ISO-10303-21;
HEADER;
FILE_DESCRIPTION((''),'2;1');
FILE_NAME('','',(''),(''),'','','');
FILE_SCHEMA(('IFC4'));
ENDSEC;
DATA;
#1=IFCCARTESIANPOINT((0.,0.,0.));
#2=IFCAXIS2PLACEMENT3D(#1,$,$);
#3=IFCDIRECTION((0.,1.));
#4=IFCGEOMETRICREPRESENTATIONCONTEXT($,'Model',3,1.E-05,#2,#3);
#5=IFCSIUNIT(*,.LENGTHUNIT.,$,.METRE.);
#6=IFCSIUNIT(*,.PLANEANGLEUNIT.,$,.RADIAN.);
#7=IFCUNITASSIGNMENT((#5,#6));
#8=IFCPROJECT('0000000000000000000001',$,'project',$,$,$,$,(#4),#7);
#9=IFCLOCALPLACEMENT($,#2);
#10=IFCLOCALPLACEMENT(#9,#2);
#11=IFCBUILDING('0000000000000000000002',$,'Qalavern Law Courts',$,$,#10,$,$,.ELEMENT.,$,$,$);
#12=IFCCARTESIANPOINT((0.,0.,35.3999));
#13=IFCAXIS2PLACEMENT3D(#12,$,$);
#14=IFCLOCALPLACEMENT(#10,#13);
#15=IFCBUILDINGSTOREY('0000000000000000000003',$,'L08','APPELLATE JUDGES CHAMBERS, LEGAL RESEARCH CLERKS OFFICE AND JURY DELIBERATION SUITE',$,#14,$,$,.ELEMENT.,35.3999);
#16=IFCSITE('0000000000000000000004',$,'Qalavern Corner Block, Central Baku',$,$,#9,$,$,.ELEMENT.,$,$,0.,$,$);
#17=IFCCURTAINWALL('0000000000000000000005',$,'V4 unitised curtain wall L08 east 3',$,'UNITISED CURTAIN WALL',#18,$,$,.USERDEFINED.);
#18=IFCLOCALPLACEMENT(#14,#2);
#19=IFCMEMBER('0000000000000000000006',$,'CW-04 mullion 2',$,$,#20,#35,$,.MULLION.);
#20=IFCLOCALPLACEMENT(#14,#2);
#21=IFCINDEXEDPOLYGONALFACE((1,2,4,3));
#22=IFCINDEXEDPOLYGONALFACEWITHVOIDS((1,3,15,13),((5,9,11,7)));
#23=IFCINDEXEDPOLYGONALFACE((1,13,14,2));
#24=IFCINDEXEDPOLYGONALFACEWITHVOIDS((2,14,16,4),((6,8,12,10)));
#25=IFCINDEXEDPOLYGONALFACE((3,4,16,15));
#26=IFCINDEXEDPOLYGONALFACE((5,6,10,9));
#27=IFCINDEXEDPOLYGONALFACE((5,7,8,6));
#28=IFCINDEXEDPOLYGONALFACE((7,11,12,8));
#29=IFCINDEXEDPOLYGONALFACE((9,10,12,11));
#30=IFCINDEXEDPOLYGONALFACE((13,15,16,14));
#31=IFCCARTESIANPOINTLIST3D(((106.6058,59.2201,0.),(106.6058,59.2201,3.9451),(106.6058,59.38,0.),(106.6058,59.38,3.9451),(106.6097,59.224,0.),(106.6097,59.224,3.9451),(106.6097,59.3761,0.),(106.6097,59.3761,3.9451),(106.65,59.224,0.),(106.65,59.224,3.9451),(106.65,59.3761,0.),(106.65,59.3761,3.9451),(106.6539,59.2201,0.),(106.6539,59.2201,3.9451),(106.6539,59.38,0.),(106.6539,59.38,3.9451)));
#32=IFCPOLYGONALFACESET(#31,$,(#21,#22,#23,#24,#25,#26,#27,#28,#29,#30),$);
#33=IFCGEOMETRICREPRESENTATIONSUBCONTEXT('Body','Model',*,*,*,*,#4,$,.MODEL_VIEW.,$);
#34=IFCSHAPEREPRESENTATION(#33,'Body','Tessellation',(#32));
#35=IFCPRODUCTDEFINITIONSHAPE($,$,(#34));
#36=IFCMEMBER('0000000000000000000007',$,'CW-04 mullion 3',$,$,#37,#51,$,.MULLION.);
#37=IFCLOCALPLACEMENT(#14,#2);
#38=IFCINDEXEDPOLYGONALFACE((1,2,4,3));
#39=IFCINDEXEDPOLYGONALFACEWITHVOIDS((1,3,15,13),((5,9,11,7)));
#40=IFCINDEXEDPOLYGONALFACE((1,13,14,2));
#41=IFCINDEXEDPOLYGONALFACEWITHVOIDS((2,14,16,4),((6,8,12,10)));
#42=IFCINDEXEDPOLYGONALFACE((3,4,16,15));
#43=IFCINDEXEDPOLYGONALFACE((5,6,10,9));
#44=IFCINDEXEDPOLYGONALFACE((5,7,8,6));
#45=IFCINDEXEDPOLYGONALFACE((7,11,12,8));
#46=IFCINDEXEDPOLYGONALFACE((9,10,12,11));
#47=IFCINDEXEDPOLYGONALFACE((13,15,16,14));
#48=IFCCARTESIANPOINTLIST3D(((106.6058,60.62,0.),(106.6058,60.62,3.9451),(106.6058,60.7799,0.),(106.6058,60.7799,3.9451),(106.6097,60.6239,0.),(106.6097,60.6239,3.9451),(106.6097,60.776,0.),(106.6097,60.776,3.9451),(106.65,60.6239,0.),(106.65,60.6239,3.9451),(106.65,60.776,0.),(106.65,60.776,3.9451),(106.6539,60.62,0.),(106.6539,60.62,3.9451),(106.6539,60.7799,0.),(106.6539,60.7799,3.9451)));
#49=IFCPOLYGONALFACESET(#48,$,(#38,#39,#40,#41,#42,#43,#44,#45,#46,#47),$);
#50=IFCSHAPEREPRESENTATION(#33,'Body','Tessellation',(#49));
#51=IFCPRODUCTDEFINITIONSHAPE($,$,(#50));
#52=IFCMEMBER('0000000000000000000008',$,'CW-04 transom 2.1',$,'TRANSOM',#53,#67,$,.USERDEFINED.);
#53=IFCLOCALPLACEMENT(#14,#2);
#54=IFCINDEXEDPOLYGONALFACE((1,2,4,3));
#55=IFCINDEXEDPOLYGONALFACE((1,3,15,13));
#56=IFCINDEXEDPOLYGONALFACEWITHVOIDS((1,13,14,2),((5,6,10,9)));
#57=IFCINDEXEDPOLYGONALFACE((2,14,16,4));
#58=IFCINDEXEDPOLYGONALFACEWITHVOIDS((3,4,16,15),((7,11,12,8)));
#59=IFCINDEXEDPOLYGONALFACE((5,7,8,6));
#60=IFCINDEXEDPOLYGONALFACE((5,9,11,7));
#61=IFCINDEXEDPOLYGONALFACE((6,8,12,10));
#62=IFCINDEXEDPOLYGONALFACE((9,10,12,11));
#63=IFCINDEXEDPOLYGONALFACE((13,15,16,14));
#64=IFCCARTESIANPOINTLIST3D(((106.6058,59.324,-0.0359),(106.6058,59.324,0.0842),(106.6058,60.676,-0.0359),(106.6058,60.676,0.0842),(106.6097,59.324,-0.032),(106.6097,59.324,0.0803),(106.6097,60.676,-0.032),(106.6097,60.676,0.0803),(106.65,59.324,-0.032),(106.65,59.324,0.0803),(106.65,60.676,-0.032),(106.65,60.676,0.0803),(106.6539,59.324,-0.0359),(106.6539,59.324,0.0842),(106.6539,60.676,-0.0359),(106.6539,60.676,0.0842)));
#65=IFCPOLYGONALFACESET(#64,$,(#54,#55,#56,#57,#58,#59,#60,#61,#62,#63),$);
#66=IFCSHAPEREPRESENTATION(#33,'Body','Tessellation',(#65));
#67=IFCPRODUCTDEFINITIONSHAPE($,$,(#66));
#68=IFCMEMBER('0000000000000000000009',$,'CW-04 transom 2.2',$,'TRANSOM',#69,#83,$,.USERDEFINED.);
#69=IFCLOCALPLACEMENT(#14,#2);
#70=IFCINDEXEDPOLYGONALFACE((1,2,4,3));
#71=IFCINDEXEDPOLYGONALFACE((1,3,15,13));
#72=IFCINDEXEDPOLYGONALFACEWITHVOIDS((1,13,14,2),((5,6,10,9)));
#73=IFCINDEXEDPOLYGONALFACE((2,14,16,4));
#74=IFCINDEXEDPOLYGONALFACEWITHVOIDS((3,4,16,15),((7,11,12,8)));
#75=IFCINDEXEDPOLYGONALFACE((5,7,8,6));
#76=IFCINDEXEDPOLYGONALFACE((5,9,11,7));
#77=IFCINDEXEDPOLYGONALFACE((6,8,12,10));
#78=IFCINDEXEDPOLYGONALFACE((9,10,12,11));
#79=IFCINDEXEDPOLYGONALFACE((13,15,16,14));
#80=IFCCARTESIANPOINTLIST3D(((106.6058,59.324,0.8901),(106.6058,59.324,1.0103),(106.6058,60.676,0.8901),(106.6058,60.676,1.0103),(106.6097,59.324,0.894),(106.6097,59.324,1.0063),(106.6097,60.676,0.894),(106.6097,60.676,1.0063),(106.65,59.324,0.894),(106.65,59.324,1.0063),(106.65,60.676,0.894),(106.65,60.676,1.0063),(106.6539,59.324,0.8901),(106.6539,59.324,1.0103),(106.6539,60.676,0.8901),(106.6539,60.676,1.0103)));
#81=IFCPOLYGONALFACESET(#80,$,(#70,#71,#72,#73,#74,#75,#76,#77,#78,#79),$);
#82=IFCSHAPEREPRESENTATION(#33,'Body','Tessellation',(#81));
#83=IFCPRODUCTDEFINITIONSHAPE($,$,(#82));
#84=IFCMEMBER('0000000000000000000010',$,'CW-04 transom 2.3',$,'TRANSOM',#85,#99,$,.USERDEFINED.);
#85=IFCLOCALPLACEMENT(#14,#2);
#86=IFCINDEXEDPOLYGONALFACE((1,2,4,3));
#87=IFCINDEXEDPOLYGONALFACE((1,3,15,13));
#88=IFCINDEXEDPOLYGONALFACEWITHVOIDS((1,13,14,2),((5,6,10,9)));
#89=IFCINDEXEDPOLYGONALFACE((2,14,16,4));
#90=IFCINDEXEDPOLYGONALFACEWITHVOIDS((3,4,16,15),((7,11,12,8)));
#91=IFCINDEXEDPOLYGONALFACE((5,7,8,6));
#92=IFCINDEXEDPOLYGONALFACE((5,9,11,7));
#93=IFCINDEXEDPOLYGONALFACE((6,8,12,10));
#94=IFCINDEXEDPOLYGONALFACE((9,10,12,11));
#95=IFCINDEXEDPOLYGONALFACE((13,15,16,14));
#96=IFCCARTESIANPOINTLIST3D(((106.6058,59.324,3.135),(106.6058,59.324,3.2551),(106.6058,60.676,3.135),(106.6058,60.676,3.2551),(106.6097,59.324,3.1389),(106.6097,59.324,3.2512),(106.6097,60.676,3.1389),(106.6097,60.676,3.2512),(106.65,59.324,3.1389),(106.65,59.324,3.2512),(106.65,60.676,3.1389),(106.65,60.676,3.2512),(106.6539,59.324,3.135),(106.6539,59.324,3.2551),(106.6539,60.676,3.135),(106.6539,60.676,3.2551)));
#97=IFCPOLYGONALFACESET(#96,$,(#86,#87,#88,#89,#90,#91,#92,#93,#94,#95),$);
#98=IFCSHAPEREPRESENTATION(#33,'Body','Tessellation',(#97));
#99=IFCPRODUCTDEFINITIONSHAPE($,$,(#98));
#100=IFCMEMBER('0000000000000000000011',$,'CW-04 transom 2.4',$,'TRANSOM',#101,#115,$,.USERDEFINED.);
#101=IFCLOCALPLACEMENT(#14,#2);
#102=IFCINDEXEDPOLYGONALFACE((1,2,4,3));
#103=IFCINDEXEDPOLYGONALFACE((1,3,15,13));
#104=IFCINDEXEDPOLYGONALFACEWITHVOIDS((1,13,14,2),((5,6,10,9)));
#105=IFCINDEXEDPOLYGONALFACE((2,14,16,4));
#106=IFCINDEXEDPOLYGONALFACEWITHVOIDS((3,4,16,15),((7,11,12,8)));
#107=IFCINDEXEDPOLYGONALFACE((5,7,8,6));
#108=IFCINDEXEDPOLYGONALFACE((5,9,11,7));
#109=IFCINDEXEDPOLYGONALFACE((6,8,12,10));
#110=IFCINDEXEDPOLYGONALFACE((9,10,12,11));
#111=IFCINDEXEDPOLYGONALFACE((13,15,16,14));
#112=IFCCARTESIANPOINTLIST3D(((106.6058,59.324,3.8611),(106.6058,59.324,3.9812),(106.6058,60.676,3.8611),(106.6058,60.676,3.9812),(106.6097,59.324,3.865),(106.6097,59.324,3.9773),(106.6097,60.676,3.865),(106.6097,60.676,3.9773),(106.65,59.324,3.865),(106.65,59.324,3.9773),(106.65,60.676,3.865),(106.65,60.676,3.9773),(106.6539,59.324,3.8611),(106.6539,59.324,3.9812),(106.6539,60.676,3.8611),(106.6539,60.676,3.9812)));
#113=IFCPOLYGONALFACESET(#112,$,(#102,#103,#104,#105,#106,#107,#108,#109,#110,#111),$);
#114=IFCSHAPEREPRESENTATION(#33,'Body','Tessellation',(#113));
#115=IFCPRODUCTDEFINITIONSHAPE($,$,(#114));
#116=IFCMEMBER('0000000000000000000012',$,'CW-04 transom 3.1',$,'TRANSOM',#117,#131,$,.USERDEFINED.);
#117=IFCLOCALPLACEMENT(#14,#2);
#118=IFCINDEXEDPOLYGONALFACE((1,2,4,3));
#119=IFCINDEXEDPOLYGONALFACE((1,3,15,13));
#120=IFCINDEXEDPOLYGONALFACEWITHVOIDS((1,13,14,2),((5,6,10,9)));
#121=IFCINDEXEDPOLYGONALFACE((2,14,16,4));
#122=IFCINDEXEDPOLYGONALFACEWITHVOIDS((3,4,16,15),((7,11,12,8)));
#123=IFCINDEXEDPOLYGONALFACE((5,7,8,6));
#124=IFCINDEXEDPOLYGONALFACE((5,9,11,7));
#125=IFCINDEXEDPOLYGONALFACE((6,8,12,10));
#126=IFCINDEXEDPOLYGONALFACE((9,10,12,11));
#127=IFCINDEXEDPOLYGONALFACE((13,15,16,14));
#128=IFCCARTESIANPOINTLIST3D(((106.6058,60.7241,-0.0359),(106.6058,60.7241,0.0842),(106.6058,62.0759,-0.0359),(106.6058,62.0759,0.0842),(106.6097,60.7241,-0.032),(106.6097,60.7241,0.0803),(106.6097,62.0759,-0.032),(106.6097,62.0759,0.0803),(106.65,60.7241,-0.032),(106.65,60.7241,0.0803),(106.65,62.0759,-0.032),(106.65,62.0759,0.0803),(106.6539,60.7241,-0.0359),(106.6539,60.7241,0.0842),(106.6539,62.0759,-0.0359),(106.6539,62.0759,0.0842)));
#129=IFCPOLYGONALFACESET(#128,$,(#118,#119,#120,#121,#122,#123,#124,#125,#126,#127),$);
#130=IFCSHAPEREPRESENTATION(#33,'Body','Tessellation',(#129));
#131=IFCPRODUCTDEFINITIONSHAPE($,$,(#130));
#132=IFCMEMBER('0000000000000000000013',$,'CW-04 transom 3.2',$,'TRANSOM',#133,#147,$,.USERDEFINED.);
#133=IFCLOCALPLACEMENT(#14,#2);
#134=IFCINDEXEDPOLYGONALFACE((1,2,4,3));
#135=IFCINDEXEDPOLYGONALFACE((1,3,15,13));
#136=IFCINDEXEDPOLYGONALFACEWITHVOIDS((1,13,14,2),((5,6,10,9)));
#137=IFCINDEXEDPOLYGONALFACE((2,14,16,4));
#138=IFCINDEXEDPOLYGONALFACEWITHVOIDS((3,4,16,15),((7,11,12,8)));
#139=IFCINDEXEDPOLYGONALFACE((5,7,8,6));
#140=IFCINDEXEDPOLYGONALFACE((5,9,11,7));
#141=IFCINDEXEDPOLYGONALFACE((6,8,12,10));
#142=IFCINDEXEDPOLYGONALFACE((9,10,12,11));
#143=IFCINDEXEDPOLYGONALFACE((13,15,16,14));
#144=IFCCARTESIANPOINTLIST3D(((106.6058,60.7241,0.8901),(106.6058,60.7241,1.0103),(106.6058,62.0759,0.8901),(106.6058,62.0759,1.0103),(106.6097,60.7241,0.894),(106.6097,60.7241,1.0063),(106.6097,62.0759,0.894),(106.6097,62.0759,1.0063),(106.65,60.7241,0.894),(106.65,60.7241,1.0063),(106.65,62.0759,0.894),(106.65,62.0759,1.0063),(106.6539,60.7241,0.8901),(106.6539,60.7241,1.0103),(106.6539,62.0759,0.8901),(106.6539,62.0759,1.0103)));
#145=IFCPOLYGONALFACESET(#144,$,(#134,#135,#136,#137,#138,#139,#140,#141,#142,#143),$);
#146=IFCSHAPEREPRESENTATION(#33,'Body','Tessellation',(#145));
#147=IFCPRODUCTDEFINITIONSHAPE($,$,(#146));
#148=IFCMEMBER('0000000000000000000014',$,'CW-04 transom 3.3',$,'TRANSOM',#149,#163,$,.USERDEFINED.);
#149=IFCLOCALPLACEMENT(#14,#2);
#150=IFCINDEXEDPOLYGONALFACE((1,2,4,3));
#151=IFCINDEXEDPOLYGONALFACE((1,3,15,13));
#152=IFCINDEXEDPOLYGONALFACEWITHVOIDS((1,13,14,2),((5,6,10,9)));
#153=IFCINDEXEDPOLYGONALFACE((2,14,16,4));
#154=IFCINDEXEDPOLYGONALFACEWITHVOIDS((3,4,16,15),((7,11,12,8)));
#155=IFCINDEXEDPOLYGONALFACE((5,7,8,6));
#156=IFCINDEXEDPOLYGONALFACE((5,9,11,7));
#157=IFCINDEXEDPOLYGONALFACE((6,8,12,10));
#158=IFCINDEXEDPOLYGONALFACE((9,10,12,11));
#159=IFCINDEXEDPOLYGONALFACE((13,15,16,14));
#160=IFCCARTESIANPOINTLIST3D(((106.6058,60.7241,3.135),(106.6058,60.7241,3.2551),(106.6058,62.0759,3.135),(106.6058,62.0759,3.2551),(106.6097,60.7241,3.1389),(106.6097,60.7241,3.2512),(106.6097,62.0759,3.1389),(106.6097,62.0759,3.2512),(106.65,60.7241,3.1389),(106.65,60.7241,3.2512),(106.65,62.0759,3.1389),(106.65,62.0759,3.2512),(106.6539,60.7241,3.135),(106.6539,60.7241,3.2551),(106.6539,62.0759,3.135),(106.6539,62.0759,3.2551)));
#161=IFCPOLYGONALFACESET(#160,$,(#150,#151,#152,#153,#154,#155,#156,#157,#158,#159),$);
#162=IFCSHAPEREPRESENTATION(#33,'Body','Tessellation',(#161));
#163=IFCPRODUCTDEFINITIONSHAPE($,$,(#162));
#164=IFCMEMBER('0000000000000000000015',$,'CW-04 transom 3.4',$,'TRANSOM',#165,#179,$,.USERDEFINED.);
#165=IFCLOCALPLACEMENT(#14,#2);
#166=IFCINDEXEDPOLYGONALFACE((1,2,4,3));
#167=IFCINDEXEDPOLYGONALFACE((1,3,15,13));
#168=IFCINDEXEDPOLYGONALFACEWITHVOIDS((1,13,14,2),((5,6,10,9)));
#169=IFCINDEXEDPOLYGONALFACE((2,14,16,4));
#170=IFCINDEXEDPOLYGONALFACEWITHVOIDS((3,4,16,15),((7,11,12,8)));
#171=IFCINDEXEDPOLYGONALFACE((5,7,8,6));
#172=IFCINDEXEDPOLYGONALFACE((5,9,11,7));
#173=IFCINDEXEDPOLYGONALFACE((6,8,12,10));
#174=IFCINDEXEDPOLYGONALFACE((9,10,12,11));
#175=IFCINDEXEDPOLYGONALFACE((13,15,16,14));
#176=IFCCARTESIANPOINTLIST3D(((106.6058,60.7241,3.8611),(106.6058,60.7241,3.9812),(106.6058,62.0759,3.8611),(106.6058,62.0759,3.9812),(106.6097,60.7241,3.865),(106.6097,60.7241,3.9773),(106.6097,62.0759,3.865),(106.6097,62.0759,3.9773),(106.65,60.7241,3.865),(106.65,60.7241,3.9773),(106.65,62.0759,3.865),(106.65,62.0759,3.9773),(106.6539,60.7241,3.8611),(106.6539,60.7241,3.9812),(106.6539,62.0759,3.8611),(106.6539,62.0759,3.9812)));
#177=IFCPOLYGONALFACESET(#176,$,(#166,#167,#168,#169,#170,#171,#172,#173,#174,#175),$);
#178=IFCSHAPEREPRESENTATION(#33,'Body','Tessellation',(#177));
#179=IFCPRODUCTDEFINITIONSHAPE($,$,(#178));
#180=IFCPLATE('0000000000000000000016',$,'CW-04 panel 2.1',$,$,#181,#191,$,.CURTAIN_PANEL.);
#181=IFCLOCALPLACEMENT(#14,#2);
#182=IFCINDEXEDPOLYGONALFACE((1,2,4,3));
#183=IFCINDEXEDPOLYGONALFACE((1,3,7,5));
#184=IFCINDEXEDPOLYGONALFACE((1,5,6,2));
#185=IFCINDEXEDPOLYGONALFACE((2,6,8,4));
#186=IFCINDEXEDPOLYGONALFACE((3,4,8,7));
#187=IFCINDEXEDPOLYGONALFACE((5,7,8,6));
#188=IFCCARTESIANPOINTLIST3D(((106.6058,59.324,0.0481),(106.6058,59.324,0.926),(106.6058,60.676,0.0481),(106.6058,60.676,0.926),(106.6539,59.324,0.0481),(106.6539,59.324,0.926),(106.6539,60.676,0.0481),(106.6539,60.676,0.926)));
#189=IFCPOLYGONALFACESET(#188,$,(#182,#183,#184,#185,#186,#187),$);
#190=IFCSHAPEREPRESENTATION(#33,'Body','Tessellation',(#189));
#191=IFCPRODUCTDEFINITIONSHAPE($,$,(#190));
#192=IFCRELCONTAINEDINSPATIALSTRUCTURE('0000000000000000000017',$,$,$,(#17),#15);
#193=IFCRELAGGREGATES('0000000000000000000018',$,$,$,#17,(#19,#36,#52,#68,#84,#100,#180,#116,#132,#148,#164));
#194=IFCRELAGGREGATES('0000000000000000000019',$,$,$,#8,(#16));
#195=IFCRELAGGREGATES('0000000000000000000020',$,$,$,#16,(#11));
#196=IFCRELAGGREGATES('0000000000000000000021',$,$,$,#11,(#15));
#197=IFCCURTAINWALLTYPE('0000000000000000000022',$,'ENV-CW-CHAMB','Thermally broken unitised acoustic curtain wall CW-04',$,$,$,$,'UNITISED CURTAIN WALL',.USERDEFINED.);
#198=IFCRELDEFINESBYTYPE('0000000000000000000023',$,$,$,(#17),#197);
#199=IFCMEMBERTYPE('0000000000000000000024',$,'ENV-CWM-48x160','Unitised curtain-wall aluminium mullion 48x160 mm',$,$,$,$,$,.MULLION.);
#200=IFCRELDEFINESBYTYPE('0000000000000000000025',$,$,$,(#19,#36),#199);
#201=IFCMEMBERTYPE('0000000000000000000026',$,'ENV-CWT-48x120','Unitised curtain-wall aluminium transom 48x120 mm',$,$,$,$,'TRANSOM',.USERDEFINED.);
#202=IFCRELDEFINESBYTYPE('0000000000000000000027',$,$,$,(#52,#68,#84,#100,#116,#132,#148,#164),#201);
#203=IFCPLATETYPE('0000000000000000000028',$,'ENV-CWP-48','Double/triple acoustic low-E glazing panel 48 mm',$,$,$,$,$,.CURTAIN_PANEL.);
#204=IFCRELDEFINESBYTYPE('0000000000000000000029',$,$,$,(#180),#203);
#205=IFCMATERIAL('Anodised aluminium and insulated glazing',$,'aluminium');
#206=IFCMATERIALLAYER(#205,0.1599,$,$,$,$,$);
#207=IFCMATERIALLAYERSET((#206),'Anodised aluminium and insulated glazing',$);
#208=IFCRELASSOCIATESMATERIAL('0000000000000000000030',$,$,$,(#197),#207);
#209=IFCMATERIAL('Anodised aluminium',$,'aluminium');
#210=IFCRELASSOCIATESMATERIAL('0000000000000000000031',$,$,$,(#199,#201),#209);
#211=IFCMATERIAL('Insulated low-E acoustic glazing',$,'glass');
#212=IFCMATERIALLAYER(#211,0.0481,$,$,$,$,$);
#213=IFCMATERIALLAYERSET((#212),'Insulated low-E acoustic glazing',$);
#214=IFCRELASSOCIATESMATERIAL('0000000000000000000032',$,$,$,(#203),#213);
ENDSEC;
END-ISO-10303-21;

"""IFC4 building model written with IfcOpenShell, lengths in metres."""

from ifc_helpers import new_model, si_unit, direction, frame, origin, origin_2d, place, context, subcontext, project, spatial, rectangle, hollow_rectangle, extrude, material, layer, layer_set, material_profile, profile_set, type_object, element, aggregate, save


model = new_model("IFC4")

# Units and contexts
model_context = context("Model", 3, precision=1e-05, world=origin(), true_north=direction((0.0, 1.0)))
body_context = subcontext(model_context, "Body", "Model", "MODEL_VIEW")
ifc_project = project(units=[si_unit("LENGTHUNIT", "METRE"), si_unit("PLANEANGLEUNIT", "RADIAN")], contexts=[model_context])

# Site, building, storey
site_placement = place(None, origin())
site = spatial("IfcSite", under=ifc_project, at=site_placement, Name="Qalavern Corner Block, Central Baku", CompositionType="ELEMENT", RefElevation=0.0)
building_placement = place(site_placement, origin())
building = spatial("IfcBuilding", under=site, at=building_placement, Name="Qalavern Law Courts", CompositionType="ELEMENT")
storey_placement = place(building_placement, frame((0.0, 0.0, 35.3999)))
storey = spatial("IfcBuildingStorey", under=building, at=storey_placement, Name="L08", Description="APPELLATE JUDGES CHAMBERS, LEGAL RESEARCH CLERKS OFFICE AND JURY DELIBERATION SUITE", CompositionType="ELEMENT", Elevation=35.3999)

# Curtain wall, members, plate
ifc_material_1 = material(Name="Anodised aluminium and insulated glazing", Category="aluminium")
ifc_layer_1 = layer(ifc_material_1, 0.1599)
ifc_layer_set_1 = layer_set([ifc_layer_1], Name="Anodised aluminium and insulated glazing")
curtain_wall_type = type_object("IfcCurtainWallType", Name="ENV-CW-CHAMB", Description="Thermally broken unitised acoustic curtain wall CW-04", ElementType="UNITISED CURTAIN WALL", PredefinedType="USERDEFINED", material=ifc_layer_set_1)
curtain_wall_placement = place(storey_placement, origin())
curtain_wall = element("IfcCurtainWall", 1, at=curtain_wall_placement, inside=storey, type_object=curtain_wall_type, Name="V4 unitised curtain wall L08 east 3", ObjectType="UNITISED CURTAIN WALL", PredefinedType="USERDEFINED")
ifc_material_2 = material(Name="Anodised aluminium", Category="aluminium")
ifc_material_profile_1 = material_profile(ifc_material_2, hollow_rectangle(XDim=0.0481, YDim=0.1599, WallThickness=0.0039, at=origin_2d()), Name="ALU MULLION 48x160")
ifc_profile_set_1 = profile_set([ifc_material_profile_1], Name="Anodised aluminium")
member_type_1 = type_object("IfcMemberType", Name="ENV-CWM-48x160", Description="Unitised curtain-wall aluminium mullion 48x160 mm", PredefinedType="MULLION", material=ifc_profile_set_1)
member_1_placement = place(storey_placement, frame((106.6299, 59.3, 0.0), z_axis=(0.0, 0.0, 1.0), x_axis=(-1.0, 0.0, 0.0)))
member_1 = element("IfcMember", 2, at=member_1_placement, type_object=member_type_1, Name="CW-04 mullion 2", PredefinedType="MULLION", context=body_context, shape_type="SweptSolid", body=[
    extrude(hollow_rectangle(XDim=0.0481, YDim=0.1599, WallThickness=0.0039, at=origin_2d()), origin(), (0.0, 0.0, 1.0), 3.9451),
])
member_2_placement = place(storey_placement, frame((106.6299, 60.7, 0.0), z_axis=(0.0, 0.0, 1.0), x_axis=(-1.0, 0.0, 0.0)))
member_2 = element("IfcMember", 3, at=member_2_placement, type_object=member_type_1, Name="CW-04 mullion 3", PredefinedType="MULLION", context=body_context, shape_type="SweptSolid", body=[
    extrude(hollow_rectangle(XDim=0.0481, YDim=0.1599, WallThickness=0.0039, at=origin_2d()), origin(), (0.0, 0.0, 1.0), 3.9451),
])
ifc_material_profile_2 = material_profile(ifc_material_2, hollow_rectangle(XDim=0.0481, YDim=0.1201, WallThickness=0.0039, at=origin_2d()), Name="ALU TRANSOM 48x120")
ifc_profile_set_2 = profile_set([ifc_material_profile_2], Name="Anodised aluminium")
member_type_2 = type_object("IfcMemberType", Name="ENV-CWT-48x120", Description="Unitised curtain-wall aluminium transom 48x120 mm", ElementType="TRANSOM", PredefinedType="USERDEFINED", material=ifc_profile_set_2)
member_3_placement = place(storey_placement, frame((106.6299, 59.324, 0.0242), z_axis=(0.0, 1.0, 0.0), x_axis=(-1.0, 0.0, 0.0)))
member_3 = element("IfcMember", 4, at=member_3_placement, type_object=member_type_2, Name="CW-04 transom 2.1", ObjectType="TRANSOM", PredefinedType="USERDEFINED", context=body_context, shape_type="SweptSolid", body=[
    extrude(hollow_rectangle(XDim=0.0481, YDim=0.1201, WallThickness=0.0039, at=origin_2d()), origin(), (0.0, 0.0, 1.0), 1.3521),
])
member_4_placement = place(storey_placement, frame((106.6299, 59.324, 0.9502), z_axis=(0.0, 1.0, 0.0), x_axis=(-1.0, 0.0, 0.0)))
member_4 = element("IfcMember", 5, at=member_4_placement, type_object=member_type_2, Name="CW-04 transom 2.2", ObjectType="TRANSOM", PredefinedType="USERDEFINED", context=body_context, shape_type="SweptSolid", body=[
    extrude(hollow_rectangle(XDim=0.0481, YDim=0.1201, WallThickness=0.0039, at=origin_2d()), origin(), (0.0, 0.0, 1.0), 1.3521),
])
member_5_placement = place(storey_placement, frame((106.6299, 59.324, 3.1951), z_axis=(0.0, 1.0, 0.0), x_axis=(-1.0, 0.0, 0.0)))
member_5 = element("IfcMember", 6, at=member_5_placement, type_object=member_type_2, Name="CW-04 transom 2.3", ObjectType="TRANSOM", PredefinedType="USERDEFINED", context=body_context, shape_type="SweptSolid", body=[
    extrude(hollow_rectangle(XDim=0.0481, YDim=0.1201, WallThickness=0.0039, at=origin_2d()), origin(), (0.0, 0.0, 1.0), 1.3521),
])
member_6_placement = place(storey_placement, frame((106.6299, 59.324, 3.9211), z_axis=(0.0, 1.0, 0.0), x_axis=(-1.0, 0.0, 0.0)))
member_6 = element("IfcMember", 7, at=member_6_placement, type_object=member_type_2, Name="CW-04 transom 2.4", ObjectType="TRANSOM", PredefinedType="USERDEFINED", context=body_context, shape_type="SweptSolid", body=[
    extrude(hollow_rectangle(XDim=0.0481, YDim=0.1201, WallThickness=0.0039, at=origin_2d()), origin(), (0.0, 0.0, 1.0), 1.3521),
])
member_7_placement = place(storey_placement, frame((106.6299, 60.7241, 0.0242), z_axis=(0.0, 1.0, 0.0), x_axis=(-1.0, 0.0, 0.0)))
member_7 = element("IfcMember", 8, at=member_7_placement, type_object=member_type_2, Name="CW-04 transom 3.1", ObjectType="TRANSOM", PredefinedType="USERDEFINED", context=body_context, shape_type="SweptSolid", body=[
    extrude(hollow_rectangle(XDim=0.0481, YDim=0.1201, WallThickness=0.0039, at=origin_2d()), origin(), (0.0, 0.0, 1.0), 1.3518),
])
member_8_placement = place(storey_placement, frame((106.6299, 60.7241, 0.9502), z_axis=(0.0, 1.0, 0.0), x_axis=(-1.0, 0.0, 0.0)))
member_8 = element("IfcMember", 9, at=member_8_placement, type_object=member_type_2, Name="CW-04 transom 3.2", ObjectType="TRANSOM", PredefinedType="USERDEFINED", context=body_context, shape_type="SweptSolid", body=[
    extrude(hollow_rectangle(XDim=0.0481, YDim=0.1201, WallThickness=0.0039, at=origin_2d()), origin(), (0.0, 0.0, 1.0), 1.3518),
])
member_9_placement = place(storey_placement, frame((106.6299, 60.7241, 3.1951), z_axis=(0.0, 1.0, 0.0), x_axis=(-1.0, 0.0, 0.0)))
member_9 = element("IfcMember", 10, at=member_9_placement, type_object=member_type_2, Name="CW-04 transom 3.3", ObjectType="TRANSOM", PredefinedType="USERDEFINED", context=body_context, shape_type="SweptSolid", body=[
    extrude(hollow_rectangle(XDim=0.0481, YDim=0.1201, WallThickness=0.0039, at=origin_2d()), origin(), (0.0, 0.0, 1.0), 1.3518),
])
member_10_placement = place(storey_placement, frame((106.6299, 60.7241, 3.9211), z_axis=(0.0, 1.0, 0.0), x_axis=(-1.0, 0.0, 0.0)))
member_10 = element("IfcMember", 11, at=member_10_placement, type_object=member_type_2, Name="CW-04 transom 3.4", ObjectType="TRANSOM", PredefinedType="USERDEFINED", context=body_context, shape_type="SweptSolid", body=[
    extrude(hollow_rectangle(XDim=0.0481, YDim=0.1201, WallThickness=0.0039, at=origin_2d()), origin(), (0.0, 0.0, 1.0), 1.3518),
])
ifc_material_3 = material(Name="Insulated low-E acoustic glazing", Category="glass")
ifc_layer_2 = layer(ifc_material_3, 0.0481)
ifc_layer_set_2 = layer_set([ifc_layer_2], Name="Insulated low-E acoustic glazing")
plate_type = type_object("IfcPlateType", Name="ENV-CWP-48", Description="Double/triple acoustic low-E glazing panel 48 mm", PredefinedType="CURTAIN_PANEL", material=ifc_layer_set_2)
plate_1_placement = place(storey_placement, frame((106.6299, 60.0, 0.0481), z_axis=(0.0, 0.0, 1.0), x_axis=(0.0, 1.0, 0.0)))
plate_1 = element("IfcPlate", 12, at=plate_1_placement, type_object=plate_type, Name="CW-04 panel 2.1", PredefinedType="CURTAIN_PANEL", context=body_context, shape_type="SweptSolid", body=[
    extrude(rectangle(XDim=1.3521, YDim=0.0481, at=origin_2d()), origin(), (0.0, 0.0, 1.0), 0.8779),
])
aggregate(curtain_wall, [member_1, member_2, member_3, member_4, member_5, member_6, plate_1, member_7, member_8, member_9, member_10])

save(model, "model.ifc")
